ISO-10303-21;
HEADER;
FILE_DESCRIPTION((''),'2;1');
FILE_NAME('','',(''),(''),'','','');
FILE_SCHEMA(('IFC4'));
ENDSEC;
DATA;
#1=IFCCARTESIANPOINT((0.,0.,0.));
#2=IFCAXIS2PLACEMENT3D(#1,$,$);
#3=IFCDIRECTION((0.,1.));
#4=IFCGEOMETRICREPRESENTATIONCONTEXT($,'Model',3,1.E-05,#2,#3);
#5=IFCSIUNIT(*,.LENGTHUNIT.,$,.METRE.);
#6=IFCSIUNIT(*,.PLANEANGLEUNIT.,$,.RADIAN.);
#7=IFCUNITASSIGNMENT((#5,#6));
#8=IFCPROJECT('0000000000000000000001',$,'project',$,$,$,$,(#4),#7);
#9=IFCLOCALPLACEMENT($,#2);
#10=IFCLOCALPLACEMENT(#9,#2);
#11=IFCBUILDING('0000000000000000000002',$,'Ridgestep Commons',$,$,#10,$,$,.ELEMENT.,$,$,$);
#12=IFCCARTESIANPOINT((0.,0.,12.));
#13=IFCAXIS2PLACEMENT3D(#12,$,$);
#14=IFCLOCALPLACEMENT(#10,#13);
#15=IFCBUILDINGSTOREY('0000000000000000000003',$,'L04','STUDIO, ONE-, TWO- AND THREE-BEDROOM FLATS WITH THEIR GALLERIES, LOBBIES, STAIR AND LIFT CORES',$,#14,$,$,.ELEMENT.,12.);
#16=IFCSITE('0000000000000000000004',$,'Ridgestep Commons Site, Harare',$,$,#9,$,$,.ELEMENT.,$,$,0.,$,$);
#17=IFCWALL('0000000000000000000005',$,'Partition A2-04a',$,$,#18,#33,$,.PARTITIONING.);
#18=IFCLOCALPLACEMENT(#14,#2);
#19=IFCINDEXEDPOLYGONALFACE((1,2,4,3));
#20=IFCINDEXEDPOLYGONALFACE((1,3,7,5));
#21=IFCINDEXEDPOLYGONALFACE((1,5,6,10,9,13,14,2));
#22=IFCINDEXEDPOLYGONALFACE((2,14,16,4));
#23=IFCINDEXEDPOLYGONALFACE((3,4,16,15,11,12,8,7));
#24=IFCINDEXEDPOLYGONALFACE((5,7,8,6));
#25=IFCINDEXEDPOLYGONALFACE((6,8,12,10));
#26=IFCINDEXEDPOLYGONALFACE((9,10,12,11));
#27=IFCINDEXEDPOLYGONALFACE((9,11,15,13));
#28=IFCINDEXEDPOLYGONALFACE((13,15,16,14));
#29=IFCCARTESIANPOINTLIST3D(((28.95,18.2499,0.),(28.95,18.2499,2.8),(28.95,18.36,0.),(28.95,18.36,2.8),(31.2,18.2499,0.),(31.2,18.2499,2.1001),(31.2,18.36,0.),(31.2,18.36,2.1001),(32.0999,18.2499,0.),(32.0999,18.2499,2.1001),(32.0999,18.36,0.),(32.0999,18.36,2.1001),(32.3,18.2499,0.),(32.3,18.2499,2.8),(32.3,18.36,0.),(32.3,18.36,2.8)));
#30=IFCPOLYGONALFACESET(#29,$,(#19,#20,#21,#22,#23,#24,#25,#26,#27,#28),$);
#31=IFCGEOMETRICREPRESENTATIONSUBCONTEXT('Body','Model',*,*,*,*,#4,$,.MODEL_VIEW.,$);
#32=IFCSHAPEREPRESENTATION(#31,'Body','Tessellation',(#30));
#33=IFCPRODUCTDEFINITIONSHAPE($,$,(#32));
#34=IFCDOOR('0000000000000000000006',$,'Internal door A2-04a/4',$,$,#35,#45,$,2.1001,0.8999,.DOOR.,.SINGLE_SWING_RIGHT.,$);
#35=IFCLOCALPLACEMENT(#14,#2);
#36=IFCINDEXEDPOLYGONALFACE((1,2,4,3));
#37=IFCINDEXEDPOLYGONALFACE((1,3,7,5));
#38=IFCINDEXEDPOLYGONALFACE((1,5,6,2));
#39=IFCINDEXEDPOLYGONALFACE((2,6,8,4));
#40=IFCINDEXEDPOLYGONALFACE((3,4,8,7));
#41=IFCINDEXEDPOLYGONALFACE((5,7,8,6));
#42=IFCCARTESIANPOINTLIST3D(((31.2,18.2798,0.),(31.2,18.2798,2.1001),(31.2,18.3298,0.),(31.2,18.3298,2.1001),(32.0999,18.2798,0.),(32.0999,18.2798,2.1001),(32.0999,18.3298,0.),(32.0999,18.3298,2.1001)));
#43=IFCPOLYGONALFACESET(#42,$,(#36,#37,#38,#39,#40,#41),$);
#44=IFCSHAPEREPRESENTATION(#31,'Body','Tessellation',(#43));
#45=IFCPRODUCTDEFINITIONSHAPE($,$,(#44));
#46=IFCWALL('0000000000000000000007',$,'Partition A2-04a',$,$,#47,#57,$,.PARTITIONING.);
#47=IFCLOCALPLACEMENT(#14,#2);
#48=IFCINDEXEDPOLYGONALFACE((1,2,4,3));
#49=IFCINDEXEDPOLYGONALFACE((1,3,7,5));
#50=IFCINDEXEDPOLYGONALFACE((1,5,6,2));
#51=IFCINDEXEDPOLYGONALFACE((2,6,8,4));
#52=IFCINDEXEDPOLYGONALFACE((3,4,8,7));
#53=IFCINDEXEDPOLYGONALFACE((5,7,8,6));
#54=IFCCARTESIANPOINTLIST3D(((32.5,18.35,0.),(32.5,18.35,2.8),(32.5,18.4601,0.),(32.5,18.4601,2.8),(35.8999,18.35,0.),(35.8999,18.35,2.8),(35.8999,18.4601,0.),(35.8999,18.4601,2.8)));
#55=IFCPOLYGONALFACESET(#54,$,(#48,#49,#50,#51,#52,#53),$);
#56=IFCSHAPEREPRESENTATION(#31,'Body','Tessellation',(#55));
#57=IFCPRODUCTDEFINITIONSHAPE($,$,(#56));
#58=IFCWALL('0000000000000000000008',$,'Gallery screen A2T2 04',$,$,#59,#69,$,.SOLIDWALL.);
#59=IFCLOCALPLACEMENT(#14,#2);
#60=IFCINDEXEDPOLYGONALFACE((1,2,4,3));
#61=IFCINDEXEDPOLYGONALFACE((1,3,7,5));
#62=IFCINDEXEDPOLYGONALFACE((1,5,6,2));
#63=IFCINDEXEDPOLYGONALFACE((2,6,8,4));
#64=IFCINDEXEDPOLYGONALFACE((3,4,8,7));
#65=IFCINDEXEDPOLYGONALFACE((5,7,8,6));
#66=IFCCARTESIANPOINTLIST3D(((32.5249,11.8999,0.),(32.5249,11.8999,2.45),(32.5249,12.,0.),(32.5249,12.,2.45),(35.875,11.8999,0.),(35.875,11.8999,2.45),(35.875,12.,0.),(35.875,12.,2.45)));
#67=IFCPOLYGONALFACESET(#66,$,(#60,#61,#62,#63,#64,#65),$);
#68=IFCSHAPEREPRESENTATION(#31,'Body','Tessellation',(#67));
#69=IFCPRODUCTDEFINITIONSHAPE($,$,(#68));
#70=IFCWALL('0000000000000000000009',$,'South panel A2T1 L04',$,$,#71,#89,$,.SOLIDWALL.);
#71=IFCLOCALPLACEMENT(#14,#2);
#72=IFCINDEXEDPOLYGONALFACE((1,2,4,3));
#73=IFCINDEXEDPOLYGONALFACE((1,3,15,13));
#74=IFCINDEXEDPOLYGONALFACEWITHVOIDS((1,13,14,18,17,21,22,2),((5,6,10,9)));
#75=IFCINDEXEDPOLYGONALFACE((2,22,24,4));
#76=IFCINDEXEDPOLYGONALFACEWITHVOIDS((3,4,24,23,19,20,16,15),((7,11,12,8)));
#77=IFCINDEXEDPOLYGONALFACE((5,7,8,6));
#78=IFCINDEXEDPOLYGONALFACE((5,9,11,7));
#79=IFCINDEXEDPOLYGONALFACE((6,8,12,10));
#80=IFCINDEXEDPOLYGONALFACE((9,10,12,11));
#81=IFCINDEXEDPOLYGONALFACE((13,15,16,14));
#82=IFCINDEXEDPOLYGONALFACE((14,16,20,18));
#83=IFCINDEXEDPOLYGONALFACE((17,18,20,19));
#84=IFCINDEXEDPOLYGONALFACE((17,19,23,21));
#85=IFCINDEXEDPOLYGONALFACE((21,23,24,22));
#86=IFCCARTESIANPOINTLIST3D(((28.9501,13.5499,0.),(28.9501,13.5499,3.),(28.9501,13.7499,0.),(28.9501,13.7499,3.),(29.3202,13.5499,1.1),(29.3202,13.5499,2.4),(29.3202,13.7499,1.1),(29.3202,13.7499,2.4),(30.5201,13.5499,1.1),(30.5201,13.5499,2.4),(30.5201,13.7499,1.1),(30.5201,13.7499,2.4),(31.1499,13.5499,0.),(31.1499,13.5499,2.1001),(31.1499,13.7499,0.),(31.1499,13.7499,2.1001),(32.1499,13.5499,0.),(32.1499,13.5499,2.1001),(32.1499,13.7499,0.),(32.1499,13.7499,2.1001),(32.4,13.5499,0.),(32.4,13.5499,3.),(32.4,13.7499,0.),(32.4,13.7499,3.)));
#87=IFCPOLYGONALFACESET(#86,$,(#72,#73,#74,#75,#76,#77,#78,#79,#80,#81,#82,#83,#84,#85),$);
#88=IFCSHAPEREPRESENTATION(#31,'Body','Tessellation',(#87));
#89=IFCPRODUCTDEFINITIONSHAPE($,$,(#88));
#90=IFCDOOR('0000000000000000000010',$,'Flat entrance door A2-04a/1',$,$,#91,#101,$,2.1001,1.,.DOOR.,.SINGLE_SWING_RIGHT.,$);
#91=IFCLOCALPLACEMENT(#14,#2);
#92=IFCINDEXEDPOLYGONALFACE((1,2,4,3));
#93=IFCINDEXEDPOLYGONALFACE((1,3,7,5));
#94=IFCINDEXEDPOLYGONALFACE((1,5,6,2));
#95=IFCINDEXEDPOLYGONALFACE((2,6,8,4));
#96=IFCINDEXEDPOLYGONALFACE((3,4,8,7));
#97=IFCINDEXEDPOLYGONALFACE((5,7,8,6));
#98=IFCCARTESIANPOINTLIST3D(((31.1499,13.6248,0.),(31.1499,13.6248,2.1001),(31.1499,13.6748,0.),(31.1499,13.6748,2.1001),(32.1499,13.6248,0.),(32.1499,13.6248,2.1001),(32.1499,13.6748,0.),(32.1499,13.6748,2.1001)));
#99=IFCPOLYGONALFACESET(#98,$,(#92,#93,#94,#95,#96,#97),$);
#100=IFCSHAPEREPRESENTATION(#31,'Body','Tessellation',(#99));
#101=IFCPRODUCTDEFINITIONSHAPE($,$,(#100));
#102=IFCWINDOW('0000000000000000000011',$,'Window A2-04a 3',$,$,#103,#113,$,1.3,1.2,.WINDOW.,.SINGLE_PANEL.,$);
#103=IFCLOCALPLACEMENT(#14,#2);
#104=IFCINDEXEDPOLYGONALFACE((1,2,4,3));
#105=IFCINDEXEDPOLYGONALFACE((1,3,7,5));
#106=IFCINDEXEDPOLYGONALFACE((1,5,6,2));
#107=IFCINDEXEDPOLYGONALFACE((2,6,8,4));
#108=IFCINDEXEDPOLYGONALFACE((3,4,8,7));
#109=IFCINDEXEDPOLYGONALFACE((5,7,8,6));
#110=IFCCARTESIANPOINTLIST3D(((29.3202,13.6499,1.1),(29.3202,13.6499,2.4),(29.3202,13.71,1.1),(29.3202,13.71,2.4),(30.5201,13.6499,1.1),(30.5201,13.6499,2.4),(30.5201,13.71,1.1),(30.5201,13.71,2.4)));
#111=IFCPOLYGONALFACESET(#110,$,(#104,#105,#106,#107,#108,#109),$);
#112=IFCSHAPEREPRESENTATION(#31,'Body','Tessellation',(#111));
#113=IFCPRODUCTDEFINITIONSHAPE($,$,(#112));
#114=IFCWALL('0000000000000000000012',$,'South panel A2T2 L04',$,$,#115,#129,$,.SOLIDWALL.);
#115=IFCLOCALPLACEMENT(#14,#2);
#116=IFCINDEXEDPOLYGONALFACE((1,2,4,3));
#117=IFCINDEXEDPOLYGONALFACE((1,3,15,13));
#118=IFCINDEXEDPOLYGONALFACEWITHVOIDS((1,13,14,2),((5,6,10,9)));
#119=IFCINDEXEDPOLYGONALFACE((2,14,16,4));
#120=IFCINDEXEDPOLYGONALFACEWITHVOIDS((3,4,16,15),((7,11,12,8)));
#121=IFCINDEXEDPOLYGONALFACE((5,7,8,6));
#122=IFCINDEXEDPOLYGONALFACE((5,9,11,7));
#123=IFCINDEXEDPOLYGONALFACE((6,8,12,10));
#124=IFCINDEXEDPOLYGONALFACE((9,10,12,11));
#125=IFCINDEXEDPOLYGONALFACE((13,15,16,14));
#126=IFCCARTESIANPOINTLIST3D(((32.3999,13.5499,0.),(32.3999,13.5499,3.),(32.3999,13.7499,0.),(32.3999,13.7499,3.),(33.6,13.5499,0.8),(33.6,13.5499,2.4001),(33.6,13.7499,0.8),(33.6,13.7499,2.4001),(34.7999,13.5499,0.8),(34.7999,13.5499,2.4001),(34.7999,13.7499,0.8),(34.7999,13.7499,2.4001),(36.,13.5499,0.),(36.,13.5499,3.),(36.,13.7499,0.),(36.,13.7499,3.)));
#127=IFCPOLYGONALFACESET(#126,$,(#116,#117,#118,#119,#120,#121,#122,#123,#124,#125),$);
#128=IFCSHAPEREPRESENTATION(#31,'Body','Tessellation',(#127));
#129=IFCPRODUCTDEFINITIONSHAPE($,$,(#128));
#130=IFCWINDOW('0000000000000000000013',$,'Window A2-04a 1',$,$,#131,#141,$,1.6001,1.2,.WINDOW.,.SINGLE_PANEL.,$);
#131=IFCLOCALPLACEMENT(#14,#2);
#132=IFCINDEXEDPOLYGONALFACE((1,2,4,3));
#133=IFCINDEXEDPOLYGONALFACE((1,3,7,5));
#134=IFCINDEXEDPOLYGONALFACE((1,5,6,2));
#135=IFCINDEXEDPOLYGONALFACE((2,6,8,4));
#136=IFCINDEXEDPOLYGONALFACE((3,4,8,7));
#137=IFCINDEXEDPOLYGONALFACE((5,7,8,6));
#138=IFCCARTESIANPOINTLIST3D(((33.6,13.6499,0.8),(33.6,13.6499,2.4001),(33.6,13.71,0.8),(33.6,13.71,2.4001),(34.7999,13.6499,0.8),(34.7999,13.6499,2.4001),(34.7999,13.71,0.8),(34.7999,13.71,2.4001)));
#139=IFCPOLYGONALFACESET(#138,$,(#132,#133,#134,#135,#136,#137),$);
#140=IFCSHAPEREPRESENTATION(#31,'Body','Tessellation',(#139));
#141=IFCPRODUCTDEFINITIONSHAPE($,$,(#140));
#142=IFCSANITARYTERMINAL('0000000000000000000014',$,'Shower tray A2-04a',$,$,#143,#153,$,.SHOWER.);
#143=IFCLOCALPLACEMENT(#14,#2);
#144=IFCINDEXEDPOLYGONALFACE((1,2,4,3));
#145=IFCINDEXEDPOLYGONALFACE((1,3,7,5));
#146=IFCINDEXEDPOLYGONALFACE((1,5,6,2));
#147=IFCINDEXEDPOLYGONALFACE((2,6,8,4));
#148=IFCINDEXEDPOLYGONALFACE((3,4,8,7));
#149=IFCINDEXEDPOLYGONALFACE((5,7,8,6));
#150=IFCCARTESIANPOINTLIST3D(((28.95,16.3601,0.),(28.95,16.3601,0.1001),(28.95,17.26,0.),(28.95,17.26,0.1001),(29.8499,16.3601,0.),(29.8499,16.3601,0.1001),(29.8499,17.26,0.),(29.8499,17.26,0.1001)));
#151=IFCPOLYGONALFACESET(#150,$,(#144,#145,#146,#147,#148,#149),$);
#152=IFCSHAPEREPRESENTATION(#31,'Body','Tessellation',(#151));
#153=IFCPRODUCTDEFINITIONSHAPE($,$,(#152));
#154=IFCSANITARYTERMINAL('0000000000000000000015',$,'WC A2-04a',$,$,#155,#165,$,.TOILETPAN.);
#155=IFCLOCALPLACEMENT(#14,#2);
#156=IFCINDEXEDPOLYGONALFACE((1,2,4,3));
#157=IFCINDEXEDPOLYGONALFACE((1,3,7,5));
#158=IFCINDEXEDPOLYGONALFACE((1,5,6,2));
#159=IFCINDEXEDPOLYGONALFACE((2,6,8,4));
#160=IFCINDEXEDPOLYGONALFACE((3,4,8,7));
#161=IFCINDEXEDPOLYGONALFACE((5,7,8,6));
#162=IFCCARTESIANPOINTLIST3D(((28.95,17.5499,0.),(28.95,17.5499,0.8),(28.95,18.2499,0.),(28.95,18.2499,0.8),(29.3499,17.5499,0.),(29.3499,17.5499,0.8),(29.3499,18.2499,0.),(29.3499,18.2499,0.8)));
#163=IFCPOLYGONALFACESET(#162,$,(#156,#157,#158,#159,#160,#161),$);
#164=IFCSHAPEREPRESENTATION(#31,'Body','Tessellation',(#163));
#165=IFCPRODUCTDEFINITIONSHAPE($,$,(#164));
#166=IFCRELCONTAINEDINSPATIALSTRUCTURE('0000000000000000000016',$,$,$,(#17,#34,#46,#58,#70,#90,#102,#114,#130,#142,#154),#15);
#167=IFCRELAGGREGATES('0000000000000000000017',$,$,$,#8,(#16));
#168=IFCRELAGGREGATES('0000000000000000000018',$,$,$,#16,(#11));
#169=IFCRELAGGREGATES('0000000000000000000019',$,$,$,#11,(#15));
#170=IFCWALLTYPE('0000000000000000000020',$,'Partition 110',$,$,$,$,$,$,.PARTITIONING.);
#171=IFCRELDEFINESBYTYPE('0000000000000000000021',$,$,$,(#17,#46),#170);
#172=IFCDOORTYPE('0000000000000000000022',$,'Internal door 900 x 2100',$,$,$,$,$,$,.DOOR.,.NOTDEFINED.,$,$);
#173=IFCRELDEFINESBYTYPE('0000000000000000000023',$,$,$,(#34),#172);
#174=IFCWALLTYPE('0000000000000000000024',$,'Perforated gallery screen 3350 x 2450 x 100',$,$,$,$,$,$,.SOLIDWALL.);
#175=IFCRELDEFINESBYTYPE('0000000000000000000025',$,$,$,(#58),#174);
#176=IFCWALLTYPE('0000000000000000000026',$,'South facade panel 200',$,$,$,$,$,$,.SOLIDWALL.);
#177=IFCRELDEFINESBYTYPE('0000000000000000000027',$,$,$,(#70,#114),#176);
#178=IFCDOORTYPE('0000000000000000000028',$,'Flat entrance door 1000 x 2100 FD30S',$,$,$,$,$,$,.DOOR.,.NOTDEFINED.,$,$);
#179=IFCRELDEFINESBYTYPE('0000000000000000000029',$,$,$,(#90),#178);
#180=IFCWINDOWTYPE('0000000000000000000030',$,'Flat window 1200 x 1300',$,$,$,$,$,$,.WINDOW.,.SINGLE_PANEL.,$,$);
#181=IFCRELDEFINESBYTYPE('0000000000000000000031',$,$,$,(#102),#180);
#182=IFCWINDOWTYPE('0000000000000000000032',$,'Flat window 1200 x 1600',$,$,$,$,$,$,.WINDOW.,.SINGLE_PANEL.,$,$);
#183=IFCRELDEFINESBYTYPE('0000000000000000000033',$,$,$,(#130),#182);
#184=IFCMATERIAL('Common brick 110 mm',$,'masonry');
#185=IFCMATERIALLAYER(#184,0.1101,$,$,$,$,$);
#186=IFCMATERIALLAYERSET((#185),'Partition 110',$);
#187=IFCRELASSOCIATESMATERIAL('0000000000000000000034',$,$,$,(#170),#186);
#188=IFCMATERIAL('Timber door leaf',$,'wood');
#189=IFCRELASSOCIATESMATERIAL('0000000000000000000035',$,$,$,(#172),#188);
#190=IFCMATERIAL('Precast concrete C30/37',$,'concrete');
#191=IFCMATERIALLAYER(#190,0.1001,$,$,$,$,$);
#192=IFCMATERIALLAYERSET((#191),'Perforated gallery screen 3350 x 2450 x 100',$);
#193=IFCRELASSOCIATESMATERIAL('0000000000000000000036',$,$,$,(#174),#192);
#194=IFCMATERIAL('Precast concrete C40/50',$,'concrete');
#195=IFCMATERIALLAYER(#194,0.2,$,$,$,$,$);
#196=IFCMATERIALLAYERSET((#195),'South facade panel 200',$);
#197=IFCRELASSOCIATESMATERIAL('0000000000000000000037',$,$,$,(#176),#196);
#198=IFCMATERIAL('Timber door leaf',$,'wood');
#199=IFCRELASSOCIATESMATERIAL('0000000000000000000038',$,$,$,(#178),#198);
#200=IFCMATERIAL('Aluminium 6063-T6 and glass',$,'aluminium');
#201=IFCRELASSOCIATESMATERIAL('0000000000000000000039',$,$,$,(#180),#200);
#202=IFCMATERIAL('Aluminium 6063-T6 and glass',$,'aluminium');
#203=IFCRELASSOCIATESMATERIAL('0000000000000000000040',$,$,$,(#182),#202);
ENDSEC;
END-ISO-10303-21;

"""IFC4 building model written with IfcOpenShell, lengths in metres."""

from ifc_helpers import new_model, si_unit, direction, frame, frame_2d, origin, origin_2d, place, context, subcontext, project, spatial, rectangle, extrude, material, layer, layer_set, type_object, element, fill, save


model = new_model("IFC4")

# Units and contexts
model_context = context("Model", 3, precision=1e-05, world=origin(), true_north=direction((0.0, 1.0)))
body_context = subcontext(model_context, "Body", "Model", "MODEL_VIEW")
ifc_project = project(units=[si_unit("LENGTHUNIT", "METRE"), si_unit("PLANEANGLEUNIT", "RADIAN")], contexts=[model_context])

# Site, building, storey
site_placement = place(None, origin())
site = spatial("IfcSite", under=ifc_project, at=site_placement, Name="Ridgestep Commons Site, Harare", CompositionType="ELEMENT", RefElevation=0.0)
building_placement = place(site_placement, origin())
building = spatial("IfcBuilding", under=site, at=building_placement, Name="Ridgestep Commons", CompositionType="ELEMENT")
storey_placement = place(building_placement, frame((0.0, 0.0, 12.0)))
storey = spatial("IfcBuildingStorey", under=building, at=storey_placement, Name="L04", Description="STUDIO, ONE-, TWO- AND THREE-BEDROOM FLATS WITH THEIR GALLERIES, LOBBIES, STAIR AND LIFT CORES", CompositionType="ELEMENT", Elevation=12.0)

# Shared definitions
ifc_material_1 = material(Name="Common brick 110 mm", Category="masonry")
ifc_layer_1 = layer(ifc_material_1, 0.1101)
ifc_layer_set_1 = layer_set([ifc_layer_1], Name="Partition 110")
wall_type_1 = type_object("IfcWallType", Name="Partition 110", PredefinedType="PARTITIONING", material=ifc_layer_set_1)

# Wall, opening, door
wall_1_placement = place(storey_placement, frame((28.95, 18.3049, 0.0), z_axis=(0.0, 0.0, 1.0), x_axis=(1.0, 0.0, 0.0)))
wall_1 = element("IfcWall", 1, at=wall_1_placement, inside=storey, type_object=wall_type_1, Name="Partition A2-04a", PredefinedType="PARTITIONING", context=body_context, shape_type="SweptSolid", body=[
    extrude(rectangle(XDim=3.3501, YDim=0.1101, at=frame_2d((1.675, 0.0))), origin(), (0.0, 0.0, 1.0), 2.8),
])
opening_1_placement = place(wall_1_placement, frame((2.25, 0.0, 0.0)))
opening_1 = element("IfcOpeningElement", 2, at=opening_1_placement, cuts=wall_1, PredefinedType="OPENING", context=body_context, shape_type="SweptSolid", body=[
    extrude(rectangle(XDim=0.8999, YDim=2.1001, at=frame_2d((0.45, 1.05))), frame((0.0, 0.0649, 0.0), z_axis=(0.0, -1.0, 0.0), x_axis=(1.0, 0.0, 0.0)), (0.0, 0.0, 1.0), 0.1301),
])
ifc_material_2 = material(Name="Timber door leaf", Category="wood")
door_type_1 = type_object("IfcDoorType", Name="Internal door 900 x 2100", OperationType="NOTDEFINED", PredefinedType="DOOR", material=ifc_material_2)
door_1_placement = place(opening_1_placement, origin())
door_1 = element("IfcDoor", 3, at=door_1_placement, inside=storey, type_object=door_type_1, Name="Internal door A2-04a/4", OperationType="SINGLE_SWING_RIGHT", OverallHeight=2.1001, OverallWidth=0.8999, PredefinedType="DOOR", context=body_context, shape_type="SweptSolid", body=[
    extrude(rectangle(XDim=0.8999, YDim=2.1001, at=frame_2d((0.45, 1.05))), frame((0.0, 0.0249, 0.0), z_axis=(0.0, -1.0, 0.0), x_axis=(1.0, 0.0, 0.0)), (0.0, 0.0, 1.0), 0.05),
])
fill(opening_1, door_1)

# Walls
wall_2_placement = place(storey_placement, frame((32.5, 18.405, 0.0), z_axis=(0.0, 0.0, 1.0), x_axis=(1.0, 0.0, 0.0)))
element("IfcWall", 4, at=wall_2_placement, inside=storey, type_object=wall_type_1, Name="Partition A2-04a", PredefinedType="PARTITIONING", context=body_context, shape_type="SweptSolid", body=[
    extrude(rectangle(XDim=3.3999, YDim=0.1101, at=frame_2d((1.7, 0.0))), origin(), (0.0, 0.0, 1.0), 2.8),
])
ifc_material_3 = material(Name="Precast concrete C30/37", Category="concrete")
ifc_layer_2 = layer(ifc_material_3, 0.1001)
ifc_layer_set_2 = layer_set([ifc_layer_2], Name="Perforated gallery screen 3350 x 2450 x 100")
wall_type_2 = type_object("IfcWallType", Name="Perforated gallery screen 3350 x 2450 x 100", PredefinedType="SOLIDWALL", material=ifc_layer_set_2)
wall_3_placement = place(storey_placement, frame((32.5249, 11.95, 0.0), z_axis=(0.0, 0.0, 1.0), x_axis=(1.0, 0.0, 0.0)))
element("IfcWall", 5, at=wall_3_placement, inside=storey, type_object=wall_type_2, Name="Gallery screen A2T2 04", PredefinedType="SOLIDWALL", context=body_context, shape_type="SweptSolid", body=[
    extrude(rectangle(XDim=3.3501, YDim=0.1001, at=frame_2d((1.675, 0.0))), origin(), (0.0, 0.0, 1.0), 2.45),
])

# Wall, openings, door, window
ifc_material_4 = material(Name="Precast concrete C40/50", Category="concrete")
ifc_layer_3 = layer(ifc_material_4, 0.2)
ifc_layer_set_3 = layer_set([ifc_layer_3], Name="South facade panel 200")
wall_type_3 = type_object("IfcWallType", Name="South facade panel 200", PredefinedType="SOLIDWALL", material=ifc_layer_set_3)
wall_4_placement = place(storey_placement, frame((28.95, 13.6499, 0.0), z_axis=(0.0, 0.0, 1.0), x_axis=(1.0, 0.0, 0.0)))
wall_4 = element("IfcWall", 6, at=wall_4_placement, inside=storey, type_object=wall_type_3, Name="South panel A2T1 L04", PredefinedType="SOLIDWALL", context=body_context, shape_type="SweptSolid", body=[
    extrude(rectangle(XDim=3.45, YDim=0.2, at=frame_2d((1.7251, 0.0))), origin(), (0.0, 0.0, 1.0), 3.0),
])
opening_2_placement = place(wall_4_placement, frame((0.3701, 0.0, 1.1001)))
opening_2 = element("IfcOpeningElement", 7, at=opening_2_placement, cuts=wall_4, PredefinedType="OPENING", context=body_context, shape_type="SweptSolid", body=[
    extrude(rectangle(XDim=1.2, YDim=1.3, at=frame_2d((0.6001, 0.6499))), frame((0.0, 0.1099, 0.0), z_axis=(0.0, -1.0, 0.0), x_axis=(1.0, 0.0, 0.0)), (0.0, 0.0, 1.0), 0.22),
])
opening_3_placement = place(wall_4_placement, frame((2.2, 0.0, 0.0)))
opening_3 = element("IfcOpeningElement", 8, at=opening_3_placement, cuts=wall_4, PredefinedType="OPENING", context=body_context, shape_type="SweptSolid", body=[
    extrude(rectangle(XDim=1.0, YDim=2.1001, at=frame_2d((0.5, 1.05))), frame((0.0, 0.1099, 0.0), z_axis=(0.0, -1.0, 0.0), x_axis=(1.0, 0.0, 0.0)), (0.0, 0.0, 1.0), 0.22),
])
ifc_material_5 = material(Name="Timber door leaf", Category="wood")
door_type_2 = type_object("IfcDoorType", Name="Flat entrance door 1000 x 2100 FD30S", OperationType="NOTDEFINED", PredefinedType="DOOR", material=ifc_material_5)
door_2_placement = place(opening_3_placement, origin())
door_2 = element("IfcDoor", 9, at=door_2_placement, inside=storey, type_object=door_type_2, Name="Flat entrance door A2-04a/1", OperationType="SINGLE_SWING_RIGHT", OverallHeight=2.1001, OverallWidth=1.0, PredefinedType="DOOR", context=body_context, shape_type="SweptSolid", body=[
    extrude(rectangle(XDim=1.0, YDim=2.1001, at=frame_2d((0.5, 1.05))), frame((0.0, 0.0249, 0.0), z_axis=(0.0, -1.0, 0.0), x_axis=(1.0, 0.0, 0.0)), (0.0, 0.0, 1.0), 0.05),
])
fill(opening_3, door_2)
ifc_material_6 = material(Name="Aluminium 6063-T6 and glass", Category="aluminium")
window_type_1 = type_object("IfcWindowType", Name="Flat window 1200 x 1300", PartitioningType="SINGLE_PANEL", PredefinedType="WINDOW", material=ifc_material_6)
window_1_placement = place(opening_2_placement, origin())
window_1 = element("IfcWindow", 10, at=window_1_placement, inside=storey, type_object=window_type_1, Name="Window A2-04a 3", OverallHeight=1.3, OverallWidth=1.2, PartitioningType="SINGLE_PANEL", PredefinedType="WINDOW", context=body_context, shape_type="SweptSolid", body=[
    extrude(rectangle(XDim=1.2, YDim=1.3, at=frame_2d((0.6001, 0.6499))), frame((0.0, 0.0601, 0.0), z_axis=(0.0, -1.0, 0.0), x_axis=(1.0, 0.0, 0.0)), (0.0, 0.0, 1.0), 0.0601),
])
fill(opening_2, window_1)

# Wall, opening, window
wall_5_placement = place(storey_placement, frame((32.3999, 13.6499, 0.0), z_axis=(0.0, 0.0, 1.0), x_axis=(1.0, 0.0, 0.0)))
wall_5 = element("IfcWall", 11, at=wall_5_placement, inside=storey, type_object=wall_type_3, Name="South panel A2T2 L04", PredefinedType="SOLIDWALL", context=body_context, shape_type="SweptSolid", body=[
    extrude(rectangle(XDim=3.6001, YDim=0.2, at=frame_2d((1.8, 0.0))), origin(), (0.0, 0.0, 1.0), 3.0),
])
opening_4_placement = place(wall_5_placement, frame((1.2, 0.0, 0.8)))
opening_4 = element("IfcOpeningElement", 12, at=opening_4_placement, cuts=wall_5, PredefinedType="OPENING", context=body_context, shape_type="SweptSolid", body=[
    extrude(rectangle(XDim=1.2, YDim=1.6001, at=frame_2d((0.6001, 0.8))), frame((0.0, 0.1099, 0.0), z_axis=(0.0, -1.0, 0.0), x_axis=(1.0, 0.0, 0.0)), (0.0, 0.0, 1.0), 0.22),
])
ifc_material_7 = material(Name="Aluminium 6063-T6 and glass", Category="aluminium")
window_type_2 = type_object("IfcWindowType", Name="Flat window 1200 x 1600", PartitioningType="SINGLE_PANEL", PredefinedType="WINDOW", material=ifc_material_7)
window_2_placement = place(opening_4_placement, origin())
window_2 = element("IfcWindow", 13, at=window_2_placement, inside=storey, type_object=window_type_2, Name="Window A2-04a 1", OverallHeight=1.6001, OverallWidth=1.2, PartitioningType="SINGLE_PANEL", PredefinedType="WINDOW", context=body_context, shape_type="SweptSolid", body=[
    extrude(rectangle(XDim=1.2, YDim=1.6001, at=frame_2d((0.6001, 0.8))), frame((0.0, 0.0601, 0.0), z_axis=(0.0, -1.0, 0.0), x_axis=(1.0, 0.0, 0.0)), (0.0, 0.0, 1.0), 0.0601),
])
fill(opening_4, window_2)

# Sanitary terminals
sanitary_terminal_1_placement = place(storey_placement, frame((29.3999, 16.8101, 0.0), z_axis=(0.0, 0.0, 1.0), x_axis=(1.0, 0.0, 0.0)))
element("IfcSanitaryTerminal", 14, at=sanitary_terminal_1_placement, inside=storey, Name="Shower tray A2-04a", PredefinedType="SHOWER", context=body_context, shape_type="SweptSolid", body=[
    extrude(rectangle(XDim=0.8999, YDim=0.8999, at=origin_2d()), origin(), (0.0, 0.0, 1.0), 0.1001),
])
sanitary_terminal_2_placement = place(storey_placement, frame((29.1499, 17.8999, 0.0), z_axis=(0.0, 0.0, 1.0), x_axis=(1.0, 0.0, 0.0)))
element("IfcSanitaryTerminal", 15, at=sanitary_terminal_2_placement, inside=storey, Name="WC A2-04a", PredefinedType="TOILETPAN", context=body_context, shape_type="SweptSolid", body=[
    extrude(rectangle(XDim=0.3999, YDim=0.7, at=origin_2d()), origin(), (0.0, 0.0, 1.0), 0.8),
])

save(model, "model.ifc")
